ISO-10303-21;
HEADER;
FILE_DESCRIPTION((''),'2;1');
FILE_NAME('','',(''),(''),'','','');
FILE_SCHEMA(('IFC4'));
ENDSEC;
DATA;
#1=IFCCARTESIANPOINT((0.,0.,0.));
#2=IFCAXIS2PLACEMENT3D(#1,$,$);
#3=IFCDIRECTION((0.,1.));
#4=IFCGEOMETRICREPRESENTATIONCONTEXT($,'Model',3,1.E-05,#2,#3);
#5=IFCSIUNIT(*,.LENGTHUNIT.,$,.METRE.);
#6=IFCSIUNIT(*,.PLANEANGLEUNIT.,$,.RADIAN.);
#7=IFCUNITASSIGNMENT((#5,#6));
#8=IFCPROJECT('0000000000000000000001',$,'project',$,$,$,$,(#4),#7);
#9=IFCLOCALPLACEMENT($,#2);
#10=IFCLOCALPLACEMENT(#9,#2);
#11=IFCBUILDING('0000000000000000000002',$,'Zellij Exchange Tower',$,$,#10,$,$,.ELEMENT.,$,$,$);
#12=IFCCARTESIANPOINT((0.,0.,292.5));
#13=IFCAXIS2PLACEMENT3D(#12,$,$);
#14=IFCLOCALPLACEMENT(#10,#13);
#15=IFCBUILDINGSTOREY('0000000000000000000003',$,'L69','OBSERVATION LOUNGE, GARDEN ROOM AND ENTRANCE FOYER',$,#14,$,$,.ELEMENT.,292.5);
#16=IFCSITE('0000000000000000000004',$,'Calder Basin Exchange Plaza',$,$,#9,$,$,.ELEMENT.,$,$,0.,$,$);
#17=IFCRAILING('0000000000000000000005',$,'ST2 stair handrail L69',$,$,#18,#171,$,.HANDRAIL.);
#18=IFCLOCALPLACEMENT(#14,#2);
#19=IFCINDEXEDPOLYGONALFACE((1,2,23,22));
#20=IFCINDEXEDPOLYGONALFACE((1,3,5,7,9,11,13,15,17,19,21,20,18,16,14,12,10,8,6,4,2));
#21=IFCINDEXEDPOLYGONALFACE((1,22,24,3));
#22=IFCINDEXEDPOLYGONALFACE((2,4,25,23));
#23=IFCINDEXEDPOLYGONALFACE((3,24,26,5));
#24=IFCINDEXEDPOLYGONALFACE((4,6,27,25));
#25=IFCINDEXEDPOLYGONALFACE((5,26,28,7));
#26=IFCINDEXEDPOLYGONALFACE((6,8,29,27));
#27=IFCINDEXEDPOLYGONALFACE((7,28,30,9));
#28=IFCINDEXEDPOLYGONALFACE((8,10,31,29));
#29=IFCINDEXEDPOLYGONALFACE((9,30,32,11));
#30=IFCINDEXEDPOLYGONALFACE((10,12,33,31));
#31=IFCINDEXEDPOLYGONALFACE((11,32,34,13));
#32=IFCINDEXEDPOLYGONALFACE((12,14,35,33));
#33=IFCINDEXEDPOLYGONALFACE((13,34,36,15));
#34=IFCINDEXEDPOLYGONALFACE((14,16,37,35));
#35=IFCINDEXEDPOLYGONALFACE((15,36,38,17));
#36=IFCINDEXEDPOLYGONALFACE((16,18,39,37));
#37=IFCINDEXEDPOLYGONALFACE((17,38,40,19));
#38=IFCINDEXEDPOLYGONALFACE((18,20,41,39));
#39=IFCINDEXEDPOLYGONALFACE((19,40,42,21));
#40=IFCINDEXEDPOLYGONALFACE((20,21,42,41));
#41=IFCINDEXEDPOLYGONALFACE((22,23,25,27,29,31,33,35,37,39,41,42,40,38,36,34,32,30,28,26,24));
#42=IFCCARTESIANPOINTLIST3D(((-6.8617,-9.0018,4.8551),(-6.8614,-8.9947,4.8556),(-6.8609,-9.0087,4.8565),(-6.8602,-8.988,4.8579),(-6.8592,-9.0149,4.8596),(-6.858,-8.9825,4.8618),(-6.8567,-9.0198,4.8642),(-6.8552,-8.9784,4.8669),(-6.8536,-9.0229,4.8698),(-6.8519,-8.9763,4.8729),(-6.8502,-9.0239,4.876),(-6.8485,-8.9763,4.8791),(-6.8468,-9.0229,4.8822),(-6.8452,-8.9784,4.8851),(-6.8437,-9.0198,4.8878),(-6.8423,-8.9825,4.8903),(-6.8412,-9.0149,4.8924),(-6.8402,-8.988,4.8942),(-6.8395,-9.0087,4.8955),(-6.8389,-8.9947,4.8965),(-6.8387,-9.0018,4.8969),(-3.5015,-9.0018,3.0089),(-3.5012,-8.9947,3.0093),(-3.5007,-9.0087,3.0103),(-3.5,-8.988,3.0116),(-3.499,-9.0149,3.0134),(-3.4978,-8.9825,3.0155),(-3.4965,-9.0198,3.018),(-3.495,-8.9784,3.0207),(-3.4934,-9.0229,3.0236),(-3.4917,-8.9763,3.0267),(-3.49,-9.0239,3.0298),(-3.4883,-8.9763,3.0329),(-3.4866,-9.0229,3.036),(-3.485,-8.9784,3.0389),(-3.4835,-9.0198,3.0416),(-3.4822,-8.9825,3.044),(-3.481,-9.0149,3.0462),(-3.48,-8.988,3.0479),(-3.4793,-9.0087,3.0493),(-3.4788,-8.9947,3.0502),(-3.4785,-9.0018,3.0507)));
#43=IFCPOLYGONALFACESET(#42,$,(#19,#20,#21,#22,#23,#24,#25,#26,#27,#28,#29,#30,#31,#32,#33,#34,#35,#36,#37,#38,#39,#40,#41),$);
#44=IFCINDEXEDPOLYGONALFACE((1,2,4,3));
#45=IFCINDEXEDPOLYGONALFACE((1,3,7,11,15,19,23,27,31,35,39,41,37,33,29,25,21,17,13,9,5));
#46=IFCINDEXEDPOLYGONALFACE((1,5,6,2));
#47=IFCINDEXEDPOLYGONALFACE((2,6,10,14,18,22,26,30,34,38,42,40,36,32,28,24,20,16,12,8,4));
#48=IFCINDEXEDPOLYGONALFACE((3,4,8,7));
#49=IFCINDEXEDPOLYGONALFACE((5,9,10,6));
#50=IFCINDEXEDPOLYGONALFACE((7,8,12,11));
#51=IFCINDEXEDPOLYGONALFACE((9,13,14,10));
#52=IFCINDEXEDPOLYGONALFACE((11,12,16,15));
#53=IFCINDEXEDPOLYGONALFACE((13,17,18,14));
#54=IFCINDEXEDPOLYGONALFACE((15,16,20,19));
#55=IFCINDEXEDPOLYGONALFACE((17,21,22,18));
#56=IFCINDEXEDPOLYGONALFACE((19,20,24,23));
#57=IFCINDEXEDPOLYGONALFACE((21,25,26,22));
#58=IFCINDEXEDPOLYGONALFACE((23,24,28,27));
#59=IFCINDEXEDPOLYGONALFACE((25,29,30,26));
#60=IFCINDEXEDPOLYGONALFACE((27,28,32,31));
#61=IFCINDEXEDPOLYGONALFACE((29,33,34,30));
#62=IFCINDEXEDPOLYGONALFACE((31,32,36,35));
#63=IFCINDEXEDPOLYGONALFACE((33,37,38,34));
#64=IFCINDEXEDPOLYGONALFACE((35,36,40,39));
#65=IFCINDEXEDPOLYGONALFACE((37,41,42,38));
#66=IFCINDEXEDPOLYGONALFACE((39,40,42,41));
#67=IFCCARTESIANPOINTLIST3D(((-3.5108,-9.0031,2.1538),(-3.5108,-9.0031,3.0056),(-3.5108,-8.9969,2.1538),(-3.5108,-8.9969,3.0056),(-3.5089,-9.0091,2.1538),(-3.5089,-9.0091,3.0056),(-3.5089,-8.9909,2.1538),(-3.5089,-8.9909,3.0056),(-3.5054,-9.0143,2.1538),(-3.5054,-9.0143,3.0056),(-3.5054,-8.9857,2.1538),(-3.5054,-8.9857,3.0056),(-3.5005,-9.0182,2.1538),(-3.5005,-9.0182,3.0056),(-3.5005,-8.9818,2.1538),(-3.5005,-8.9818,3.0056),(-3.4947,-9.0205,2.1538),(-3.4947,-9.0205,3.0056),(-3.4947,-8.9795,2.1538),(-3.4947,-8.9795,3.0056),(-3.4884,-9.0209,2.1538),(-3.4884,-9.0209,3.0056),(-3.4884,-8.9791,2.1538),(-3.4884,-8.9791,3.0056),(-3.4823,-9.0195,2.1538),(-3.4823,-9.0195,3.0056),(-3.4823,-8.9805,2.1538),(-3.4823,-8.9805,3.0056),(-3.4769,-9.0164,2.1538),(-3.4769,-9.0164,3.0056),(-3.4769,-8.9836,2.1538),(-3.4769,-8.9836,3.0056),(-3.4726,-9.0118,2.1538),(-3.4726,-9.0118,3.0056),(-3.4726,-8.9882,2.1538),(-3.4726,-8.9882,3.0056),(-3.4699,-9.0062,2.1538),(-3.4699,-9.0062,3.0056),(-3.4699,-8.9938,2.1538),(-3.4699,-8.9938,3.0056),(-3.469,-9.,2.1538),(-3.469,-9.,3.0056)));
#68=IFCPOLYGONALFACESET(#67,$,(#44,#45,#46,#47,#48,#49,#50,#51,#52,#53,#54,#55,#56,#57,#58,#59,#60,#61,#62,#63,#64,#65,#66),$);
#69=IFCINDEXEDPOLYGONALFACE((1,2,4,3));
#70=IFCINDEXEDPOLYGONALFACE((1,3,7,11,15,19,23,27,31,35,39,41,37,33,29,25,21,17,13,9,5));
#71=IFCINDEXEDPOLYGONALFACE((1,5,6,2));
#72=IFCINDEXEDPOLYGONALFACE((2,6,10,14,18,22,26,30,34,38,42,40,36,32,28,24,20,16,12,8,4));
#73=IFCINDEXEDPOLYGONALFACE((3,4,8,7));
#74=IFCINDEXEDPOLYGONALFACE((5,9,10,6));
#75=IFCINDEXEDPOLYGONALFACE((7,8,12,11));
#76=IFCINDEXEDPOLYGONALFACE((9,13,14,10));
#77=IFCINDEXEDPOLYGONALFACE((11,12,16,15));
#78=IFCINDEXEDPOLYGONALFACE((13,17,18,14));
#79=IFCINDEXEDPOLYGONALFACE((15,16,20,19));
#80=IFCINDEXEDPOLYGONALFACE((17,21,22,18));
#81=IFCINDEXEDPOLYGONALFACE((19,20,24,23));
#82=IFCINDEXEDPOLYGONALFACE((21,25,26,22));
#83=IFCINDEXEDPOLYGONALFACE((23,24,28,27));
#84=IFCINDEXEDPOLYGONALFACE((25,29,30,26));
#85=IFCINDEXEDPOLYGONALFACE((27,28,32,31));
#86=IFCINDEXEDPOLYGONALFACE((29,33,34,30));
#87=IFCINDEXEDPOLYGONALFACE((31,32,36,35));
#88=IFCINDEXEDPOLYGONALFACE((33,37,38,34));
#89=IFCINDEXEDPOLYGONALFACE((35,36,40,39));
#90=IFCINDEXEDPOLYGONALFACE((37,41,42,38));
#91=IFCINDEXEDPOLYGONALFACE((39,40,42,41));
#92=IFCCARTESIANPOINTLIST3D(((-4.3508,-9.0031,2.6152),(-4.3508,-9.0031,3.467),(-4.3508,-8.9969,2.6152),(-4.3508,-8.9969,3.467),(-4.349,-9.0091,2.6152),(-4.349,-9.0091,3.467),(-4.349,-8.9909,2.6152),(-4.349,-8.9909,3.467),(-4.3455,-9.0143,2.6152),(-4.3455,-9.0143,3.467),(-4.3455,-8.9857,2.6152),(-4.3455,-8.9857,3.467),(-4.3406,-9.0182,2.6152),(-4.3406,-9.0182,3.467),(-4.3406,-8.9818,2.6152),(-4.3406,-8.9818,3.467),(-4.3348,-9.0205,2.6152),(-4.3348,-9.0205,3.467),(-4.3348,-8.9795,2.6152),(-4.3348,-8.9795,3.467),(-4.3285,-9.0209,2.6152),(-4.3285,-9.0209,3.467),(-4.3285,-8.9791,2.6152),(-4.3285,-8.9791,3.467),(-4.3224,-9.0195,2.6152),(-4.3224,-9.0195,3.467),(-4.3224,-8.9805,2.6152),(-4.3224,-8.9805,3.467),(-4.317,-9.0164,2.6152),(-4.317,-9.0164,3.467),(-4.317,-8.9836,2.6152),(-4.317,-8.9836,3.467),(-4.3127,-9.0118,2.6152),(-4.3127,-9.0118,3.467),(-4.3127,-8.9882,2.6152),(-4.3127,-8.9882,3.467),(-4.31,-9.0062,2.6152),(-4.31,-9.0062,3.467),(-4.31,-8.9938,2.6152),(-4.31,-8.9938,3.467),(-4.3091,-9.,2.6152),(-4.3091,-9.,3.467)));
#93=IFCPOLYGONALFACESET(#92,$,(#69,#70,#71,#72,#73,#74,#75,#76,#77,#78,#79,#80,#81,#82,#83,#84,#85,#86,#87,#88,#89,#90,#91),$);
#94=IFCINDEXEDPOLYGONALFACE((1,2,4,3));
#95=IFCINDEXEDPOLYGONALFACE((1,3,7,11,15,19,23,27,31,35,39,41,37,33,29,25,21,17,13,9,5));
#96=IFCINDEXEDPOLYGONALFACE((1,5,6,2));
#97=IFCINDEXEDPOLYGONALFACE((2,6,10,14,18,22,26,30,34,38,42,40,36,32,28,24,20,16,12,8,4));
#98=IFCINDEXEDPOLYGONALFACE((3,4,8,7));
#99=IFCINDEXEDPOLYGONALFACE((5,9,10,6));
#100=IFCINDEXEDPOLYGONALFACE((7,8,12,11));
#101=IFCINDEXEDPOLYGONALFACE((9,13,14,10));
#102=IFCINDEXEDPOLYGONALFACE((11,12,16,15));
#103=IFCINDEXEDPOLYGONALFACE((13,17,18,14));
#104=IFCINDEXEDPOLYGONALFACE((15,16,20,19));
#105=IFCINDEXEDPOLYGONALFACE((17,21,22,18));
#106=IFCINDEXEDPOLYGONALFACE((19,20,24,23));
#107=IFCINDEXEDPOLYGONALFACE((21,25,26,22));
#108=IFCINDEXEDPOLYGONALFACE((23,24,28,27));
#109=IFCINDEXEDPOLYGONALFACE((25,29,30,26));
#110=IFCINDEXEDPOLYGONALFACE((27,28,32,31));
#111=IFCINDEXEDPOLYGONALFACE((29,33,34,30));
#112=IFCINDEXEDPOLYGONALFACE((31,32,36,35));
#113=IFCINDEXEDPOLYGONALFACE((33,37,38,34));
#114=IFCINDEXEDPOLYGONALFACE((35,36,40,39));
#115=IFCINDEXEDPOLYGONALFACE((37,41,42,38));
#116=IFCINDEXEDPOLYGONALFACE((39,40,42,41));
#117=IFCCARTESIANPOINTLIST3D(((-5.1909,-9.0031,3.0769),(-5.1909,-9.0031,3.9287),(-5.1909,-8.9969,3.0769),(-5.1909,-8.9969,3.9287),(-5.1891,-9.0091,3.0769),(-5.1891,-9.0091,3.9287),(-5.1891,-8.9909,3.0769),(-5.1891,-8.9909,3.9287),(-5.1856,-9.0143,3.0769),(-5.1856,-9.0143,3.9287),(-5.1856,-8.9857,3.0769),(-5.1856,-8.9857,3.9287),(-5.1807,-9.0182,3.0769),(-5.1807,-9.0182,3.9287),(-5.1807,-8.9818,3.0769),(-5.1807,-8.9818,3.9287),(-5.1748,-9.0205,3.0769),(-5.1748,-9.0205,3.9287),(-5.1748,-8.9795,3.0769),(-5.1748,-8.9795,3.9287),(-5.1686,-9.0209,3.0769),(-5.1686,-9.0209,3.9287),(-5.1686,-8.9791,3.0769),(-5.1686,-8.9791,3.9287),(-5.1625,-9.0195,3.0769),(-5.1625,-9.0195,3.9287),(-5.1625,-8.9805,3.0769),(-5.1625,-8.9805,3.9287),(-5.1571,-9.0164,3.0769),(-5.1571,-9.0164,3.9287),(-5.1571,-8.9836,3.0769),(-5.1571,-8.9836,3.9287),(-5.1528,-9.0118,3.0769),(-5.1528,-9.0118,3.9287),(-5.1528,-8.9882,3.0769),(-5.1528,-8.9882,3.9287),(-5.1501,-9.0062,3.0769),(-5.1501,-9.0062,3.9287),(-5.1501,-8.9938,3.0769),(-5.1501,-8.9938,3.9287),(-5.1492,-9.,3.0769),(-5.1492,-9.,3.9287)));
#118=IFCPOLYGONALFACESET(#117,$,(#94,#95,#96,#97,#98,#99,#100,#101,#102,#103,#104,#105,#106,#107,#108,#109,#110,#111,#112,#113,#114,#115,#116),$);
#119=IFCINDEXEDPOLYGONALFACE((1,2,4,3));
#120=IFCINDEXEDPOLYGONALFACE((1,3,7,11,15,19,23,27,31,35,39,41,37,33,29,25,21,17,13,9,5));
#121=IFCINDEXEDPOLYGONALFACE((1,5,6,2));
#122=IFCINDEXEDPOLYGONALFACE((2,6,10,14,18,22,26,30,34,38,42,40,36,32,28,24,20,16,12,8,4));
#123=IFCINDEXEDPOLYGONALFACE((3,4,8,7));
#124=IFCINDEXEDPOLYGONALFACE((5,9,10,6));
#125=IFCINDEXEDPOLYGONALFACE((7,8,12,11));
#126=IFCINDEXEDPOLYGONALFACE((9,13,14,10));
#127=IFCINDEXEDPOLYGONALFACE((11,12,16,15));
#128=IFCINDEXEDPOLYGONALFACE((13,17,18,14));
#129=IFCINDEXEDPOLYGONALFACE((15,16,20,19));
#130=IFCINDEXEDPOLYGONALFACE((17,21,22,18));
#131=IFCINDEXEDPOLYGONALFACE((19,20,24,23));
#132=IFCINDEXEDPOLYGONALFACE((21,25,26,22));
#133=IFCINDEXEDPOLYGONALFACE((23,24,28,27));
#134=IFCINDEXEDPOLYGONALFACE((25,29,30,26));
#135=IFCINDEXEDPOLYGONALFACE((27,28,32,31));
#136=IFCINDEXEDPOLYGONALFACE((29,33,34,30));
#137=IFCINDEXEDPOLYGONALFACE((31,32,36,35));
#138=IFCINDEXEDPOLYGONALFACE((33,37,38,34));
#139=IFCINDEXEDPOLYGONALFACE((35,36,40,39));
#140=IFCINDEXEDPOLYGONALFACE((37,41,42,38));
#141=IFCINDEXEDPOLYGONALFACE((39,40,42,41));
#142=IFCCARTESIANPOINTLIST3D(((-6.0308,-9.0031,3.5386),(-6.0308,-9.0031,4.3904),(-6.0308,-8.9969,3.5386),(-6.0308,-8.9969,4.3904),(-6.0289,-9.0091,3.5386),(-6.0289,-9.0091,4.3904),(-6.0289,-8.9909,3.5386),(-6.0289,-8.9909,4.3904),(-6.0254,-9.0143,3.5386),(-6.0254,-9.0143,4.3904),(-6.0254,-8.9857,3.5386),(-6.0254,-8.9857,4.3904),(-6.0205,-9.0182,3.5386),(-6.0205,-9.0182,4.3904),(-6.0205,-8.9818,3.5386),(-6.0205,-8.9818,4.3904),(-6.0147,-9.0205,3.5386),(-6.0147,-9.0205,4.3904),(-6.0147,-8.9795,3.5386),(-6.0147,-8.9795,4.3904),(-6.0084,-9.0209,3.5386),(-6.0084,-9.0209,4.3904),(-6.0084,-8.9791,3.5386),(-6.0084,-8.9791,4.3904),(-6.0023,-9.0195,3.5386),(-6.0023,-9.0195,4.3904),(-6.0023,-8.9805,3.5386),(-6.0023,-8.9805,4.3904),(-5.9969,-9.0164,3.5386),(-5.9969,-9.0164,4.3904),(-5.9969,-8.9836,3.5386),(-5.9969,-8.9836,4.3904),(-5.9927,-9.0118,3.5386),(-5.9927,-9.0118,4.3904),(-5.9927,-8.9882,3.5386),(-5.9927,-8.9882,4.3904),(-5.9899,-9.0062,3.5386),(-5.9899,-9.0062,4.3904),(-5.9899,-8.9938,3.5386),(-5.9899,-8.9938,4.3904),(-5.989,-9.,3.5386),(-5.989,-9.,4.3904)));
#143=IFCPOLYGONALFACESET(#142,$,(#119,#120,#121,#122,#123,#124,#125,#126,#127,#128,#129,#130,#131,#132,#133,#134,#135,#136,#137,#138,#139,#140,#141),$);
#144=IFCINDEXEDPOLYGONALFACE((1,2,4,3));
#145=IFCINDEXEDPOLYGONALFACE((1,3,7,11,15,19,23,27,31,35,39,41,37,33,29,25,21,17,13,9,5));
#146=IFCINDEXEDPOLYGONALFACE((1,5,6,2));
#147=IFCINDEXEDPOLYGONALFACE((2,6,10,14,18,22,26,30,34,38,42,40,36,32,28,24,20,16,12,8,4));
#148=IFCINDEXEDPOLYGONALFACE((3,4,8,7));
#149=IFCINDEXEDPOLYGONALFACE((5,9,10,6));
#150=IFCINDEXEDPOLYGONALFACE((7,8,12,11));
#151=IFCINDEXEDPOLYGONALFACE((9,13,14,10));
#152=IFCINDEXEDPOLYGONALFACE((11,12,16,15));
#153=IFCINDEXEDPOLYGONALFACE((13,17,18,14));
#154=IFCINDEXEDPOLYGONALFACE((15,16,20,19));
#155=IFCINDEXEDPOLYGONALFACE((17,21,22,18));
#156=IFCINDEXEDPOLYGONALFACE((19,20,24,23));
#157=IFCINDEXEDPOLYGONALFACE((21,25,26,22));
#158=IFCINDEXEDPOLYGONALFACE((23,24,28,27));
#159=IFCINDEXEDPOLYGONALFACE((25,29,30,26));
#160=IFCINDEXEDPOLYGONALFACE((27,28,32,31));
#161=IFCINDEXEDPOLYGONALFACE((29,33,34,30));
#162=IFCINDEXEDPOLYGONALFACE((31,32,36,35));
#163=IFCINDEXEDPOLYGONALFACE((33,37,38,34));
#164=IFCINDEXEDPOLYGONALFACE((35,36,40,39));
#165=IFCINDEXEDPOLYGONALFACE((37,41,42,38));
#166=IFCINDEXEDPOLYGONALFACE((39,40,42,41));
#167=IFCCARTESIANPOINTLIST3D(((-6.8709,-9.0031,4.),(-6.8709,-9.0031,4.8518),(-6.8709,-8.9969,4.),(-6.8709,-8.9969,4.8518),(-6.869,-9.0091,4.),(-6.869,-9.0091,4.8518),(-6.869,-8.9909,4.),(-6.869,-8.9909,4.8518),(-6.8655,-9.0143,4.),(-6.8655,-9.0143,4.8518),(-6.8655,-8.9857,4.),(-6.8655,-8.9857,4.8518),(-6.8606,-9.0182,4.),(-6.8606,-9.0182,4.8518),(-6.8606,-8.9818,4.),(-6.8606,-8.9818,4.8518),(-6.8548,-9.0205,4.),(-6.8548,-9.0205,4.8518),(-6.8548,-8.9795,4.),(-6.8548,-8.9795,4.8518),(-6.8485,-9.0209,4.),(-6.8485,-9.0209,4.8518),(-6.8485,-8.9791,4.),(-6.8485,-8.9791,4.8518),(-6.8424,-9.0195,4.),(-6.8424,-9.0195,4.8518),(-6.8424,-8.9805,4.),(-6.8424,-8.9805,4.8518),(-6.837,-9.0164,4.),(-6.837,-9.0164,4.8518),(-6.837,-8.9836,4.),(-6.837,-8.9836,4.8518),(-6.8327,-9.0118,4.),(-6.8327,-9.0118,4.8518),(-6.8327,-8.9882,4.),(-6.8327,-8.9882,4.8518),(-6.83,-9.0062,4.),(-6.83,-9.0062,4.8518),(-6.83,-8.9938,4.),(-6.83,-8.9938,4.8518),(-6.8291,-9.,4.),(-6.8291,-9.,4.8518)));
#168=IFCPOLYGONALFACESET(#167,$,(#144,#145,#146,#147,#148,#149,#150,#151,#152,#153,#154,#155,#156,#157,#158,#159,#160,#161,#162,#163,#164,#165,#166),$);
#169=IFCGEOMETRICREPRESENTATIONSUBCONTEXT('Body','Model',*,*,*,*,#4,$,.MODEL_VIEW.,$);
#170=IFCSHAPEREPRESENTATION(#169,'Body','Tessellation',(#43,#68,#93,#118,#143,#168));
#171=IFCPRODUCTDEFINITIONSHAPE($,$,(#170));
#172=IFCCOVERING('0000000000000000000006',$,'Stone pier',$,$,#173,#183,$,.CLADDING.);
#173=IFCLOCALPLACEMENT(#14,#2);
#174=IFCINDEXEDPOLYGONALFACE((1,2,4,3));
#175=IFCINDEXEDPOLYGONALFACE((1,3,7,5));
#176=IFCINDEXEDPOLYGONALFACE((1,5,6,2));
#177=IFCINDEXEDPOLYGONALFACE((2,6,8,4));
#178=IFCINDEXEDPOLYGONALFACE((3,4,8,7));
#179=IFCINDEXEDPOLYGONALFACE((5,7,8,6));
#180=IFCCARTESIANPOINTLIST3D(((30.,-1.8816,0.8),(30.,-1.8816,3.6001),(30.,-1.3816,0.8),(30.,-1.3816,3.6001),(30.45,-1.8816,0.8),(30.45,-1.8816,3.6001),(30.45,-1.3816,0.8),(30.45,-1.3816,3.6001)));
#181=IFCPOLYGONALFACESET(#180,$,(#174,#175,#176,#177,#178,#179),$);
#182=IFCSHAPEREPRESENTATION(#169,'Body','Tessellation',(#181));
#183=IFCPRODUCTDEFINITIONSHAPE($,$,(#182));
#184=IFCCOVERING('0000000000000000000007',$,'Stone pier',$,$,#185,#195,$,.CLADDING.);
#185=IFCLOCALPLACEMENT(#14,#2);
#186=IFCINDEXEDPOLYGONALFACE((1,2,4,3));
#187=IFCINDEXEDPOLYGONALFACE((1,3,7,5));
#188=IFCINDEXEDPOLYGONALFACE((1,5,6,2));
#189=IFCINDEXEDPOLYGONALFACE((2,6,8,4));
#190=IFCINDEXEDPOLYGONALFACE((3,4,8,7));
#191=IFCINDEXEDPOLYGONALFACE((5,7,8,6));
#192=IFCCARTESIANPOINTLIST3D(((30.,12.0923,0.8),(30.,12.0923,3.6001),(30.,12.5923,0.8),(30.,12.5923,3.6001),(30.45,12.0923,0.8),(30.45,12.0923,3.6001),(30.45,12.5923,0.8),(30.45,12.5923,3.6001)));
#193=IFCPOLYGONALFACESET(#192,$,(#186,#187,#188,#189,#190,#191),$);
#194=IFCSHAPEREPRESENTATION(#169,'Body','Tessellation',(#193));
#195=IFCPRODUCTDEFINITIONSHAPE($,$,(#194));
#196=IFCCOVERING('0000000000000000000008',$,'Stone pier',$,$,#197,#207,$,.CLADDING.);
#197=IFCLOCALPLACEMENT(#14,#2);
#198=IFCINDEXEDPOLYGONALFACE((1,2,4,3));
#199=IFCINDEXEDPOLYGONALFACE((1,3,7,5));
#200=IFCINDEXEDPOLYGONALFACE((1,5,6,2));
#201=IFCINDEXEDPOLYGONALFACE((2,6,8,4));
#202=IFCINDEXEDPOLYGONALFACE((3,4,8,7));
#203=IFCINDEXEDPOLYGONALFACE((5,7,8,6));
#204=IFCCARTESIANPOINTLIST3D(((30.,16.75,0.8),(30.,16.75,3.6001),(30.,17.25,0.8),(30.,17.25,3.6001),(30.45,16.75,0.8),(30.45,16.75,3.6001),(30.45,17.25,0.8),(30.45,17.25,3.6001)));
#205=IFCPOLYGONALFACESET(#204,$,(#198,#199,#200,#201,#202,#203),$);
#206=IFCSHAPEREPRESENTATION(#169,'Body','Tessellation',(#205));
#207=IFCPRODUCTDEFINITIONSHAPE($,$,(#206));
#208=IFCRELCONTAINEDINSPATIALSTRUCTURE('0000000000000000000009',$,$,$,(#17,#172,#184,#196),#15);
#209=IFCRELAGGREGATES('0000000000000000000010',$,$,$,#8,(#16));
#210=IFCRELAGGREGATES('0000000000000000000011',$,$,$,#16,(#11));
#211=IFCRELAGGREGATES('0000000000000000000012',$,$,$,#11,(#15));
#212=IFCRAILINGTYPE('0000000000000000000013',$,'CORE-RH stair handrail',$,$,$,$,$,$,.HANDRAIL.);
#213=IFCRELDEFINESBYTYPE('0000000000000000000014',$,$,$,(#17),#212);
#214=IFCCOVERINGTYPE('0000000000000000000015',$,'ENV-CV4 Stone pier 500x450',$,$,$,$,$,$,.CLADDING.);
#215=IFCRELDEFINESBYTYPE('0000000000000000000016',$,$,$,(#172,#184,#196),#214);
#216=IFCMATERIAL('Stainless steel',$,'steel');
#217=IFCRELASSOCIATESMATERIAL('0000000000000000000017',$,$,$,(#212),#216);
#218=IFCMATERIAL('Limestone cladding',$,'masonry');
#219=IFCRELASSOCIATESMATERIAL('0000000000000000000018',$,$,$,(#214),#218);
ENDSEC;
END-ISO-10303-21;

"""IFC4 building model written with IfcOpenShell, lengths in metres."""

from ifc_helpers import new_model, si_unit, direction, frame, origin, origin_2d, place, context, subcontext, project, spatial, polyline, circle, outline, extrude, material, type_object, element, save


model = new_model("IFC4")

# Units and contexts
model_context = context("Model", 3, precision=1e-05, world=origin(), true_north=direction((0.0, 1.0)))
body_context = subcontext(model_context, "Body", "Model", "MODEL_VIEW")
ifc_project = project(units=[si_unit("LENGTHUNIT", "METRE"), si_unit("PLANEANGLEUNIT", "RADIAN")], contexts=[model_context])

# Site, building, storey
site_placement = place(None, origin())
site = spatial("IfcSite", under=ifc_project, at=site_placement, Name="Calder Basin Exchange Plaza", CompositionType="ELEMENT", RefElevation=0.0)
building_placement = place(site_placement, origin())
building = spatial("IfcBuilding", under=site, at=building_placement, Name="Zellij Exchange Tower", CompositionType="ELEMENT")
storey_placement = place(building_placement, frame((0.0, 0.0, 292.5)))
storey = spatial("IfcBuildingStorey", under=building, at=storey_placement, Name="L69", Description="OBSERVATION LOUNGE, GARDEN ROOM AND ENTRANCE FOYER", CompositionType="ELEMENT", Elevation=292.5)

# Railing
ifc_material_1 = material(Name="Stainless steel", Category="steel")
railing_type = type_object("IfcRailingType", Name="CORE-RH stair handrail", PredefinedType="HANDRAIL", material=ifc_material_1)
railing_placement = place(storey_placement, frame((-3.49, -9.0, 2.1538)))
element("IfcRailing", 1, at=railing_placement, inside=storey, type_object=railing_type, Name="ST2 stair handrail L69", PredefinedType="HANDRAIL", context=body_context, shape_type="SweptSolid", body=[
    extrude(circle(Radius=0.0239, at=origin_2d()), frame((0.0, 0.0, 0.876), z_axis=(-0.876422, 0.0, 0.481545), x_axis=(0.0, -1.0, 0.0)), (0.0, 0.0, 1.0), 3.834),
    extrude(circle(Radius=0.021, at=origin_2d()), origin(), (0.0, 0.0, 1.0), 0.8518),
    extrude(circle(Radius=0.021, at=origin_2d()), frame((-0.8401, 0.0, 0.4614)), (0.0, 0.0, 1.0), 0.8518),
    extrude(circle(Radius=0.021, at=origin_2d()), frame((-1.6802, 0.0, 0.9231)), (0.0, 0.0, 1.0), 0.8518),
    extrude(circle(Radius=0.021, at=origin_2d()), frame((-2.52, 0.0, 1.3848)), (0.0, 0.0, 1.0), 0.8518),
    extrude(circle(Radius=0.021, at=origin_2d()), frame((-3.3601, 0.0, 1.8462)), (0.0, 0.0, 1.0), 0.8518),
])

# Coverings
ifc_material_2 = material(Name="Limestone cladding", Category="masonry")
covering_type = type_object("IfcCoveringType", Name="ENV-CV4 Stone pier 500x450", PredefinedType="CLADDING", material=ifc_material_2)
covering_1_placement = place(storey_placement, frame((0.0, 0.0, 0.8)))
element("IfcCovering", 2, at=covering_1_placement, inside=storey, type_object=covering_type, Name="Stone pier", PredefinedType="CLADDING", context=body_context, shape_type="SweptSolid", body=[
    extrude(outline(polyline([(30.0, -1.8816), (30.0, -1.3816), (30.45, -1.3816), (30.45, -1.8816), (30.0, -1.8816)])), origin(), (0.0, 0.0, 1.0), 2.8),
])
covering_2_placement = place(storey_placement, frame((0.0, 0.0, 0.8)))
element("IfcCovering", 3, at=covering_2_placement, inside=storey, type_object=covering_type, Name="Stone pier", PredefinedType="CLADDING", context=body_context, shape_type="SweptSolid", body=[
    extrude(outline(polyline([(30.0, 12.0923), (30.0, 12.5923), (30.45, 12.5923), (30.45, 12.0923), (30.0, 12.0923)])), origin(), (0.0, 0.0, 1.0), 2.8),
])
covering_3_placement = place(storey_placement, frame((0.0, 0.0, 0.8)))
element("IfcCovering", 4, at=covering_3_placement, inside=storey, type_object=covering_type, Name="Stone pier", PredefinedType="CLADDING", context=body_context, shape_type="SweptSolid", body=[
    extrude(outline(polyline([(30.0, 16.75), (30.0, 17.25), (30.45, 17.25), (30.45, 16.75), (30.0, 16.75)])), origin(), (0.0, 0.0, 1.0), 2.8),
])

save(model, "model.ifc")
